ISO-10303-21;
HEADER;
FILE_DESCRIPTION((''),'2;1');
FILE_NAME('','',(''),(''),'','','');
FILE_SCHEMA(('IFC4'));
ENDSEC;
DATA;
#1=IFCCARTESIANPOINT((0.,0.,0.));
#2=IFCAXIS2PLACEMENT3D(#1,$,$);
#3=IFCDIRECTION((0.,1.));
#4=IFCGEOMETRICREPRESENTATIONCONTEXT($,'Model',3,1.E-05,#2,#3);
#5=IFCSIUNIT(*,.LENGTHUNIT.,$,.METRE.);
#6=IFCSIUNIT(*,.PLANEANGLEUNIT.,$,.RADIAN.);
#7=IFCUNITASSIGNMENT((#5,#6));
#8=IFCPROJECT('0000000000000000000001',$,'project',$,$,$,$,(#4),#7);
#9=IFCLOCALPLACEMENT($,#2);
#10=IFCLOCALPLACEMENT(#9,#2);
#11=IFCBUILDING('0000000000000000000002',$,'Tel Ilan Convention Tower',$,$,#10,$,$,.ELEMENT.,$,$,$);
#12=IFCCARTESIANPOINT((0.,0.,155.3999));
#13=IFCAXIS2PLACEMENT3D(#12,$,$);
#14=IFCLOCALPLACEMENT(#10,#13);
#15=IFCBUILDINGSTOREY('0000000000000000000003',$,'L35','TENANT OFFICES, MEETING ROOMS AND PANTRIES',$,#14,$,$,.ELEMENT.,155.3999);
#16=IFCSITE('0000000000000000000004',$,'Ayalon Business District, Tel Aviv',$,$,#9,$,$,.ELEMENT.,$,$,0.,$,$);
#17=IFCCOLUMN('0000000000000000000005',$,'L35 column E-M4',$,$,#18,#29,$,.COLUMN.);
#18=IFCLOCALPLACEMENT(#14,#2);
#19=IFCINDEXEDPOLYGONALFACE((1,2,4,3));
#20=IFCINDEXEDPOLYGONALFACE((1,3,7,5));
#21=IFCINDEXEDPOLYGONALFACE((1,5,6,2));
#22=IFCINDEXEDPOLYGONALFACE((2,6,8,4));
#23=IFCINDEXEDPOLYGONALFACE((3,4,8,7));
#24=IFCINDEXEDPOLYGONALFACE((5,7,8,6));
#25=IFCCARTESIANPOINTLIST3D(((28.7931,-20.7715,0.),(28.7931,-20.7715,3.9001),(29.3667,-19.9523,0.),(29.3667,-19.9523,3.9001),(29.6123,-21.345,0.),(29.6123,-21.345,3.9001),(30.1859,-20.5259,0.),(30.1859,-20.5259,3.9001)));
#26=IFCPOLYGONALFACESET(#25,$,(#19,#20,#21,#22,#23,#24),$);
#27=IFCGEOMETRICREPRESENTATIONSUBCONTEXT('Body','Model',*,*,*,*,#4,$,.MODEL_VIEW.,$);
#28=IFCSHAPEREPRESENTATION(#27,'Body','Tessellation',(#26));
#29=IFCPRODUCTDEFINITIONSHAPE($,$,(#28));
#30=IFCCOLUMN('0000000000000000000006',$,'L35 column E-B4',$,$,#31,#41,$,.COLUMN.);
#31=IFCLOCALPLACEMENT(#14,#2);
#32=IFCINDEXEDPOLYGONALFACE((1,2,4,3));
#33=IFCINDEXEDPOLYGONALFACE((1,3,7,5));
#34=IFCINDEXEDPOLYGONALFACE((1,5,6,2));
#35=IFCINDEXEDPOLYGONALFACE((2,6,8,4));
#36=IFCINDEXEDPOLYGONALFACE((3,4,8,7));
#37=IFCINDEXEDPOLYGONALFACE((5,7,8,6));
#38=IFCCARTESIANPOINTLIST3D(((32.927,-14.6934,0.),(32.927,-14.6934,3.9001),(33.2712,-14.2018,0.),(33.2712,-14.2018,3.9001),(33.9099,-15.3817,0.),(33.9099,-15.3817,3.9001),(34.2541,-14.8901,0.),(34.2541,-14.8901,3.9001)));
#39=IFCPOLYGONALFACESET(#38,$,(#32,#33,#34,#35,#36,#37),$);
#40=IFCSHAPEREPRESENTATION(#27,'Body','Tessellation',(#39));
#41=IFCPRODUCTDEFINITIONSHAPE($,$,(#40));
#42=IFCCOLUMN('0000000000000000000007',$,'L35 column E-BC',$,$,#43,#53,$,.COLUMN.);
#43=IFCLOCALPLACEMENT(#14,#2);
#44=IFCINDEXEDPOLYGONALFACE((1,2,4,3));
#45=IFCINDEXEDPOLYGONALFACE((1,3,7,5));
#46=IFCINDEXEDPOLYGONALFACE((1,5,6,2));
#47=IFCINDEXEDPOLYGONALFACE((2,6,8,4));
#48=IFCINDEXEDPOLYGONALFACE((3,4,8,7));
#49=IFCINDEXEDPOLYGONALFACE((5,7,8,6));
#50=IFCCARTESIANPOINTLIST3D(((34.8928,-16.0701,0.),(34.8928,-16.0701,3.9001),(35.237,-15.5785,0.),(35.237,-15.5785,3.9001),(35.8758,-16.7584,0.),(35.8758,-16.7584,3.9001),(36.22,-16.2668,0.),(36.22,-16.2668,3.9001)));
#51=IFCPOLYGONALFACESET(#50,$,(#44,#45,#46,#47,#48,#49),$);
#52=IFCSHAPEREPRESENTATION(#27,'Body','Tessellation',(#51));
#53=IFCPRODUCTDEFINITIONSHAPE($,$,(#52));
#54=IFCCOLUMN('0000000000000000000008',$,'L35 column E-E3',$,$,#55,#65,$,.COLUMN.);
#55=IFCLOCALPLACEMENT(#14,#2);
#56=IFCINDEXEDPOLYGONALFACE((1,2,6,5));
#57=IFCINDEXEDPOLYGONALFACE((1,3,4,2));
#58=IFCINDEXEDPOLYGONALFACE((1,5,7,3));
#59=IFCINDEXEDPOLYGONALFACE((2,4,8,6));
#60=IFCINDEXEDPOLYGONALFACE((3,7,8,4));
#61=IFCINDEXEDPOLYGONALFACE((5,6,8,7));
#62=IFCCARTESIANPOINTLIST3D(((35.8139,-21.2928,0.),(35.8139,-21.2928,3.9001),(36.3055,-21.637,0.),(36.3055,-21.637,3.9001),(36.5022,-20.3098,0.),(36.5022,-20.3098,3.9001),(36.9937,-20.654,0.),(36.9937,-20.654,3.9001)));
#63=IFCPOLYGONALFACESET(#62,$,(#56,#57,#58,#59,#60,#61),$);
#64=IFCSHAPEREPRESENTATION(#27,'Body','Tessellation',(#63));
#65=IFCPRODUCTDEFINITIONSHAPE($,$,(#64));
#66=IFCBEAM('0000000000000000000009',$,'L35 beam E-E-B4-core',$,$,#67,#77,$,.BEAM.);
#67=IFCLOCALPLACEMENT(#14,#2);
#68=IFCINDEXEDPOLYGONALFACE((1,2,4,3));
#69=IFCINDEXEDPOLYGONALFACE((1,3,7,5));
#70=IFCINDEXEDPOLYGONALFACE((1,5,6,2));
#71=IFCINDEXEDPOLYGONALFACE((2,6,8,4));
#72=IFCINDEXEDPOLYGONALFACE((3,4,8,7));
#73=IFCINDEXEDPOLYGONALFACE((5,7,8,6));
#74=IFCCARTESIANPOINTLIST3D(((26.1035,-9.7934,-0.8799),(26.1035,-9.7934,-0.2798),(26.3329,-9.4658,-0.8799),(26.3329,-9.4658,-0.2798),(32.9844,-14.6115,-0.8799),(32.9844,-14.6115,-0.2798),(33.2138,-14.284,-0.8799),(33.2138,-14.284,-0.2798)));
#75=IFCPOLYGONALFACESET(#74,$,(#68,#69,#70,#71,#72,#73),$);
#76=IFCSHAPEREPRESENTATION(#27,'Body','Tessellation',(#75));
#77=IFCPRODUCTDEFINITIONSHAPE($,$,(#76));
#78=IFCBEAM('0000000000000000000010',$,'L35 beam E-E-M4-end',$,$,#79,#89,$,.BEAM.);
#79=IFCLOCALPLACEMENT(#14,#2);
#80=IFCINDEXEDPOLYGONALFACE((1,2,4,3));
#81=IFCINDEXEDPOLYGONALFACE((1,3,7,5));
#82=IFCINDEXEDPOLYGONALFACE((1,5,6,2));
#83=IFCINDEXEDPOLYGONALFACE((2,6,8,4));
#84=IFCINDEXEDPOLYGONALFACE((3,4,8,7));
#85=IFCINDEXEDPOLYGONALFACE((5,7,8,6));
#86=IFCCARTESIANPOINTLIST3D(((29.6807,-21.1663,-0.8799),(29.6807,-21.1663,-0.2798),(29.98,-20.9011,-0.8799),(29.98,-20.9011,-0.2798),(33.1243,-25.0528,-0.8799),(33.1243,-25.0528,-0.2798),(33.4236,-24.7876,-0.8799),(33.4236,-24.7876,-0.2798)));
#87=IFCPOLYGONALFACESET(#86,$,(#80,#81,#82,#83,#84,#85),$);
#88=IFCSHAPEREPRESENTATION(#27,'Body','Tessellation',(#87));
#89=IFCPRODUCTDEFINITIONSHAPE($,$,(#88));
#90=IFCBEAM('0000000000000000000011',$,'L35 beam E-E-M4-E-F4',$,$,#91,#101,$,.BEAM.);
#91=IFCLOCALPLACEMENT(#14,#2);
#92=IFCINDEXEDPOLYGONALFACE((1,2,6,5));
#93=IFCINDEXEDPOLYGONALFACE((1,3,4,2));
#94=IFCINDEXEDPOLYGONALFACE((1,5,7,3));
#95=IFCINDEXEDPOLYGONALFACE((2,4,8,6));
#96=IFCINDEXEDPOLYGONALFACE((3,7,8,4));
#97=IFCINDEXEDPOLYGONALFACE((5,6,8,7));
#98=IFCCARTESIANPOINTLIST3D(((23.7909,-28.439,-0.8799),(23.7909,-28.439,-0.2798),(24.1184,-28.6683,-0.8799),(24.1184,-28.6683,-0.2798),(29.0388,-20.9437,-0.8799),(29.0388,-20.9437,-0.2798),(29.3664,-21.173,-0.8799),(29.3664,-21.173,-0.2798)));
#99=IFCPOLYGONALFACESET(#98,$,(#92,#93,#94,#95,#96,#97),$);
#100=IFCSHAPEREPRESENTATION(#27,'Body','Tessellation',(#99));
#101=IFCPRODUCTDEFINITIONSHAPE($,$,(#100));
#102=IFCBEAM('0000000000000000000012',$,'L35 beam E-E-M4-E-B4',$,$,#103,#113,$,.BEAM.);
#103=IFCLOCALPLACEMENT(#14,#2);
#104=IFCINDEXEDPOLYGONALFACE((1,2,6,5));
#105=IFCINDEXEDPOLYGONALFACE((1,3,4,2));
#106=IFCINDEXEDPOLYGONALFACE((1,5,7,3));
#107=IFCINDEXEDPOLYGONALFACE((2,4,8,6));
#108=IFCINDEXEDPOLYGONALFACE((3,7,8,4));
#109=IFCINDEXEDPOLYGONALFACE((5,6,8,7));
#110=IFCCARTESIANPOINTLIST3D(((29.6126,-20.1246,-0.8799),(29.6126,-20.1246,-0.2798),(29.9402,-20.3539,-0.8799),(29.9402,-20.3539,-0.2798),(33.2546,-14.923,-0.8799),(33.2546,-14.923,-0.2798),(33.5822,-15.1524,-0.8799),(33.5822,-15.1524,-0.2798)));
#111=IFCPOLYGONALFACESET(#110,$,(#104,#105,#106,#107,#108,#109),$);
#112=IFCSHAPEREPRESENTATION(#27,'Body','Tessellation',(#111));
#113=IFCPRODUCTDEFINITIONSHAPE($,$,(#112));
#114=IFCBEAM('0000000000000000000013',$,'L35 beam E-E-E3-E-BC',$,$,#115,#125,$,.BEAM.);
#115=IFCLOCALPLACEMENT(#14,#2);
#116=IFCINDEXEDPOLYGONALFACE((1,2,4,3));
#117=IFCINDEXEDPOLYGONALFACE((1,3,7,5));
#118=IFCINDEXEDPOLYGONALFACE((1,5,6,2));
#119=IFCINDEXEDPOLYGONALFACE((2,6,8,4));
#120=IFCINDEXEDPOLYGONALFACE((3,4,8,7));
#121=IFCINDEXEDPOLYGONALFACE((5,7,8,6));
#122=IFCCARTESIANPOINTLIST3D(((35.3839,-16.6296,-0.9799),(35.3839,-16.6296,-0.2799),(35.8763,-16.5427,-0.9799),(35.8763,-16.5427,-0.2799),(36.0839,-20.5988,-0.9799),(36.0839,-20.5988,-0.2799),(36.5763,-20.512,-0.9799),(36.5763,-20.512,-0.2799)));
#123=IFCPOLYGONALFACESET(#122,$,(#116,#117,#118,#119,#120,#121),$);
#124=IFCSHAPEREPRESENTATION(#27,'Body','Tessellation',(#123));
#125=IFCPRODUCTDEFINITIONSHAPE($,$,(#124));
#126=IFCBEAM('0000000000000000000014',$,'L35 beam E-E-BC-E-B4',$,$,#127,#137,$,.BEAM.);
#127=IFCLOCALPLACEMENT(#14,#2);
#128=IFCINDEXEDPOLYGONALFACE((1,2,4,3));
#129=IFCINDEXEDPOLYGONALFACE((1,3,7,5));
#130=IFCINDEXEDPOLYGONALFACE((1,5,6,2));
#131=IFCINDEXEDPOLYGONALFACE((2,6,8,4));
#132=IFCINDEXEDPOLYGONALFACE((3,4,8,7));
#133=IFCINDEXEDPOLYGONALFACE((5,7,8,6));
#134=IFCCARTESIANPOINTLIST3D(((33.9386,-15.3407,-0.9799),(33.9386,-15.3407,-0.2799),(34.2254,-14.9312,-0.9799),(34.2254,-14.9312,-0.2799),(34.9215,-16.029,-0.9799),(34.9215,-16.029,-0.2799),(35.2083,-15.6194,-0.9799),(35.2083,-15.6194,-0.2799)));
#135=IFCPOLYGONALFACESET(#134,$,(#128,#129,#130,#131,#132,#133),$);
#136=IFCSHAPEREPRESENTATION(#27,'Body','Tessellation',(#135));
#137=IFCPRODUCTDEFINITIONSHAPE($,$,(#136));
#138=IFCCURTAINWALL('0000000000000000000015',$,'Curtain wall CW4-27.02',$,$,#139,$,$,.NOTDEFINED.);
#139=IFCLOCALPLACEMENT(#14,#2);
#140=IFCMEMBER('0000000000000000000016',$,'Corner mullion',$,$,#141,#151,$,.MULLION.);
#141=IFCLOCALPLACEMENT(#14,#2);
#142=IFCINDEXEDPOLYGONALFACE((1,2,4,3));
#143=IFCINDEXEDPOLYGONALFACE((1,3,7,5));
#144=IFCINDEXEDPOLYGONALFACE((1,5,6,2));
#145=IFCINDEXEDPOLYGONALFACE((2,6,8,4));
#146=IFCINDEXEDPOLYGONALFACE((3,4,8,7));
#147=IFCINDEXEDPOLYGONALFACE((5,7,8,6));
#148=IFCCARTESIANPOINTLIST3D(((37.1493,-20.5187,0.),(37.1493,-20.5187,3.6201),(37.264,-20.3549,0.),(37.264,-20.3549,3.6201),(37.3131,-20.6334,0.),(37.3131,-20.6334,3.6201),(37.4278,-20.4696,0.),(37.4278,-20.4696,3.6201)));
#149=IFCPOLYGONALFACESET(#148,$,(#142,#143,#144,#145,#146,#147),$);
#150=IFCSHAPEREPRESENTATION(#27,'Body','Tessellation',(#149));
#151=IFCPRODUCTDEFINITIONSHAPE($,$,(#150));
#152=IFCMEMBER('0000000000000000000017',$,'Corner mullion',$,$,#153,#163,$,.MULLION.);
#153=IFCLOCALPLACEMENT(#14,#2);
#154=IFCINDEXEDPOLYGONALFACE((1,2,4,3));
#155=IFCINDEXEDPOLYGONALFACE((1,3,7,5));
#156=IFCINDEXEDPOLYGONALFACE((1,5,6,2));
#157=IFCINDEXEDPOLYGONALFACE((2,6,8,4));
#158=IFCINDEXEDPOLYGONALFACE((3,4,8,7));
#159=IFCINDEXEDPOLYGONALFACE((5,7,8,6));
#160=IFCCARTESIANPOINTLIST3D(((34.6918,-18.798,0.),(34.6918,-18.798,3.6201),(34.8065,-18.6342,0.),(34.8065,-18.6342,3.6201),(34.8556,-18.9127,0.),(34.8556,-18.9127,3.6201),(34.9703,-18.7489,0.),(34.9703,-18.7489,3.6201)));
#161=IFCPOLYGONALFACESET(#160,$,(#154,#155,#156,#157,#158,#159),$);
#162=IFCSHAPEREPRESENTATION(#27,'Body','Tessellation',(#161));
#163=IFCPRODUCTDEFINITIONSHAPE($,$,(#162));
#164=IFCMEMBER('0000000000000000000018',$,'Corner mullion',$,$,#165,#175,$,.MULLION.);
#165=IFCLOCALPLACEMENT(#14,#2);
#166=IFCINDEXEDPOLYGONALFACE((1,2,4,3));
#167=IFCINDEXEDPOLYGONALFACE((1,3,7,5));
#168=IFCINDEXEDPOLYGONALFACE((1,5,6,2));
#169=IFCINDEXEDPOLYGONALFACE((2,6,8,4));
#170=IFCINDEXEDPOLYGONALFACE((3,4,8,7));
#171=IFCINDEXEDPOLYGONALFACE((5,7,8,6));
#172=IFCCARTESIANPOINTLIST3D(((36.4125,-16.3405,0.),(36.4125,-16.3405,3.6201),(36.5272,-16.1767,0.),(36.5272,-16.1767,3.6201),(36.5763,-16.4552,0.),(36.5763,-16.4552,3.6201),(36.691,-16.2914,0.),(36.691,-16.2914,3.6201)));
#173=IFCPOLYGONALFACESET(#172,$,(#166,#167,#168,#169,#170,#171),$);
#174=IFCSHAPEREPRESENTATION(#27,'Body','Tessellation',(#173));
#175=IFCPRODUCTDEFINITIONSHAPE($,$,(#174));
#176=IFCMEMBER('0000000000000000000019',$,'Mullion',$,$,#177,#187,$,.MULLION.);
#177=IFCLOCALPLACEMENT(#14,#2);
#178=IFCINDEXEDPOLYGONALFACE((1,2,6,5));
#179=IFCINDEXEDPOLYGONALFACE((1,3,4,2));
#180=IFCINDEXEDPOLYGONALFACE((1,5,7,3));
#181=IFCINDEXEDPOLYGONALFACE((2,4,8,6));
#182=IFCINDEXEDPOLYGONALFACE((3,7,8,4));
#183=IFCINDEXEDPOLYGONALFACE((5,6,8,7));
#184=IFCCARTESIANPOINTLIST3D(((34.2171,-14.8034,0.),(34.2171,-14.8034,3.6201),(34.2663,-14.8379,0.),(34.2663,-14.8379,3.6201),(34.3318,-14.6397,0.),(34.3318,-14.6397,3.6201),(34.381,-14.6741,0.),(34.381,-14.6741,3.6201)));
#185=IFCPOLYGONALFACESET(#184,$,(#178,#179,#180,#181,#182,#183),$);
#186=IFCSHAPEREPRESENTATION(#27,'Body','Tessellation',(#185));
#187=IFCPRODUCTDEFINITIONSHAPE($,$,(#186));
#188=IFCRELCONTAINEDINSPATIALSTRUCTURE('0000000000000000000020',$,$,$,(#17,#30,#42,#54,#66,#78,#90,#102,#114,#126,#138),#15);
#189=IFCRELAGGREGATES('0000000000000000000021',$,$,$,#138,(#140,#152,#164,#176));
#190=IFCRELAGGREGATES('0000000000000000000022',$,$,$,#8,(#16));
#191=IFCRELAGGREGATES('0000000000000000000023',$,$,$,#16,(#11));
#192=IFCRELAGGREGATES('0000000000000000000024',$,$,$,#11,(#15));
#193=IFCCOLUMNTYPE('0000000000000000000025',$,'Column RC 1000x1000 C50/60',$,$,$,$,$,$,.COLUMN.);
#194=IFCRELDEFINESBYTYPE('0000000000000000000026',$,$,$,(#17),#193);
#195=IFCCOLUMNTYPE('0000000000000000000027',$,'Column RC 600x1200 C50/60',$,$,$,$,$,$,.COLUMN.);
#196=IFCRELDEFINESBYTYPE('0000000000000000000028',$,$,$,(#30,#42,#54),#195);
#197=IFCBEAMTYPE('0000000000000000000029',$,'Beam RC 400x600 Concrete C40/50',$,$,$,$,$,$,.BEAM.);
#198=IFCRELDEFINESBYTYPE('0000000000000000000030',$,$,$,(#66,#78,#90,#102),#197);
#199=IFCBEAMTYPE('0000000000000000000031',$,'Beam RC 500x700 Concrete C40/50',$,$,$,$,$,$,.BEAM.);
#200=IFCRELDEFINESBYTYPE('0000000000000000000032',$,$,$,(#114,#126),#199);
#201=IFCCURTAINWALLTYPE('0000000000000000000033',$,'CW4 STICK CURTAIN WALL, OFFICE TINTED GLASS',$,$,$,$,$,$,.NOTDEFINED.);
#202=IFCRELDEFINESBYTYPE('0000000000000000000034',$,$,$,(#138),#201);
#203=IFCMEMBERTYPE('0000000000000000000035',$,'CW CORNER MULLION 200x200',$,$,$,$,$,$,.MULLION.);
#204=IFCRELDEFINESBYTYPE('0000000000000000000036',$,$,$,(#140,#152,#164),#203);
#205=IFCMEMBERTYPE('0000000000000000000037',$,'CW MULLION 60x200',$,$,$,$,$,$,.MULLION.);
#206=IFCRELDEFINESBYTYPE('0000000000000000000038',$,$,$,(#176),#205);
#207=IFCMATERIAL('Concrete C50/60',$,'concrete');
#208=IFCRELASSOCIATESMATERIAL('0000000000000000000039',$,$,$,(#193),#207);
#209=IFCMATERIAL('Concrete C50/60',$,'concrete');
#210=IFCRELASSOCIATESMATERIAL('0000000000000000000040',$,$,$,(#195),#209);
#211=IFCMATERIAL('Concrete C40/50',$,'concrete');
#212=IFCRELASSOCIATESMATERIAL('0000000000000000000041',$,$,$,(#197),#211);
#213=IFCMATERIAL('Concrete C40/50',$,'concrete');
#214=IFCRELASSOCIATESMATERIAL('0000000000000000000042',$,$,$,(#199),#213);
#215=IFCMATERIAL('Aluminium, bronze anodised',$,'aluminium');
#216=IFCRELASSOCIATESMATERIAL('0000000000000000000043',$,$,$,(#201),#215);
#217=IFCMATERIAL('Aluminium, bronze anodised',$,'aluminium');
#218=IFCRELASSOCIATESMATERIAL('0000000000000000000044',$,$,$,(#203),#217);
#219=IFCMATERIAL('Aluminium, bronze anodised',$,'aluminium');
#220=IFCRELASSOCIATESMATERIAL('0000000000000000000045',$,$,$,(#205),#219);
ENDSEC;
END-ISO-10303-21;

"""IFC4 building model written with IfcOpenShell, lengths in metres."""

from ifc_helpers import new_model, si_unit, direction, frame, origin, origin_2d, place, context, subcontext, project, spatial, rectangle, extrude, material, material_profile, profile_set, type_object, element, aggregate, save


model = new_model("IFC4")

# Units and contexts
model_context = context("Model", 3, precision=1e-05, world=origin(), true_north=direction((0.0, 1.0)))
body_context = subcontext(model_context, "Body", "Model", "MODEL_VIEW")
ifc_project = project(units=[si_unit("LENGTHUNIT", "METRE"), si_unit("PLANEANGLEUNIT", "RADIAN")], contexts=[model_context])

# Site, building, storey
site_placement = place(None, origin())
site = spatial("IfcSite", under=ifc_project, at=site_placement, Name="Ayalon Business District, Tel Aviv", CompositionType="ELEMENT", RefElevation=0.0)
building_placement = place(site_placement, origin())
building = spatial("IfcBuilding", under=site, at=building_placement, Name="Tel Ilan Convention Tower", CompositionType="ELEMENT")
storey_placement = place(building_placement, frame((0.0, 0.0, 155.3999)))
storey = spatial("IfcBuildingStorey", under=building, at=storey_placement, Name="L35", Description="TENANT OFFICES, MEETING ROOMS AND PANTRIES", CompositionType="ELEMENT", Elevation=155.3999)

# Columns
ifc_material_1 = material(Name="Concrete C50/60", Category="concrete")
ifc_material_profile_1 = material_profile(ifc_material_1, rectangle(XDim=1.0, YDim=1.0, at=origin_2d()), Name="RC 1000x1000")
ifc_profile_set_1 = profile_set([ifc_material_profile_1], Name="Concrete C50/60")
column_type_1 = type_object("IfcColumnType", Name="Column RC 1000x1000 C50/60", PredefinedType="COLUMN", material=ifc_profile_set_1)
column_placement = place(storey_placement, frame((29.4895, -20.6487, 0.0), z_axis=(0.0, 0.0, 1.0), x_axis=(0.819152, -0.573576, 0.0)))
element("IfcColumn", 1, at=column_placement, inside=storey, type_object=column_type_1, Name="L35 column E-M4", PredefinedType="COLUMN", context=body_context, shape_type="SweptSolid", body=[
    extrude(rectangle(XDim=1.0, YDim=1.0, at=origin_2d()), origin(), (0.0, 0.0, 1.0), 3.9001),
])
ifc_material_2 = material(Name="Concrete C50/60", Category="concrete")
ifc_material_profile_2 = material_profile(ifc_material_2, rectangle(XDim=1.2, YDim=0.6001, at=origin_2d()), Name="RC 600x1200")
ifc_profile_set_2 = profile_set([ifc_material_profile_2], Name="Concrete C50/60")
column_type_2 = type_object("IfcColumnType", Name="Column RC 600x1200 C50/60", PredefinedType="COLUMN", material=ifc_profile_set_2)
for number, where, z_axis, x_axis, name in (
    (2, (33.5906, -14.7917, 0.0), (0.0, 0.0, 1.0), (0.819152, -0.573576, 0.0), "L35 column E-B4"),
    (3, (35.5564, -16.1685, 0.0), (0.0, 0.0, 1.0), (0.819152, -0.573576, 0.0), "L35 column E-BC"),
    (4, (36.4038, -20.9734, 0.0), (0.0, 0.0, 1.0), (0.573576, 0.819152, 0.0), "L35 column E-E3"),
):
    element("IfcColumn", number, at=place(storey_placement, frame(where, z_axis=z_axis, x_axis=x_axis)), inside=storey, type_object=column_type_2, Name=name, PredefinedType="COLUMN", context=body_context, shape_type="SweptSolid", body=[
        extrude(rectangle(XDim=1.2, YDim=0.6001, at=origin_2d()), origin(), (0.0, 0.0, 1.0), 3.9001),
    ])

# Beams
ifc_material_3 = material(Name="Concrete C40/50", Category="concrete")
ifc_material_profile_3 = material_profile(ifc_material_3, rectangle(XDim=0.3999, YDim=0.6001, at=origin_2d()), Name="RC 400x600")
ifc_profile_set_3 = profile_set([ifc_material_profile_3], Name="Concrete C40/50")
beam_type_1 = type_object("IfcBeamType", Name="Beam RC 400x600 Concrete C40/50", PredefinedType="BEAM", material=ifc_profile_set_3)
beam_1_placement = place(storey_placement, frame((33.0991, -14.4478, -0.5798), z_axis=(-0.819147, 0.573583, 0.0), x_axis=(-0.573583, -0.819147, 0.0)))
element("IfcBeam", 5, at=beam_1_placement, inside=storey, type_object=beam_type_1, Name="L35 beam E-E-B4-core", PredefinedType="BEAM", context=body_context, shape_type="SweptSolid", body=[
    extrude(rectangle(XDim=0.3999, YDim=0.6001, at=origin_2d()), origin(), (0.0, 0.0, 1.0), 8.4001),
])
beam_2_placement = place(storey_placement, frame((29.8303, -21.0337, -0.5798), z_axis=(0.663175, -0.748464, 0.0), x_axis=(0.748464, 0.663175, 0.0)))
element("IfcBeam", 6, at=beam_2_placement, inside=storey, type_object=beam_type_1, Name="L35 beam E-E-M4-end", PredefinedType="BEAM", context=body_context, shape_type="SweptSolid", body=[
    extrude(rectangle(XDim=0.3999, YDim=0.6001, at=origin_2d()), origin(), (0.0, 0.0, 1.0), 5.1926),
])
beam_3_placement = place(storey_placement, frame((29.2026, -21.0583, -0.5798), z_axis=(-0.573557, -0.819165, 0.0), x_axis=(0.819165, -0.573557, 0.0)))
element("IfcBeam", 7, at=beam_3_placement, inside=storey, type_object=beam_type_1, Name="L35 beam E-E-M4-E-F4", PredefinedType="BEAM", context=body_context, shape_type="SweptSolid", body=[
    extrude(rectangle(XDim=0.3999, YDim=0.6001, at=origin_2d()), origin(), (0.0, 0.0, 1.0), 9.1499),
])
beam_4_placement = place(storey_placement, frame((29.7764, -20.2393, -0.5798), z_axis=(0.57356, 0.819163, 0.0), x_axis=(-0.819163, 0.57356, 0.0)))
element("IfcBeam", 8, at=beam_4_placement, inside=storey, type_object=beam_type_1, Name="L35 beam E-E-M4-E-B4", PredefinedType="BEAM", context=body_context, shape_type="SweptSolid", body=[
    extrude(rectangle(XDim=0.3999, YDim=0.6001, at=origin_2d()), origin(), (0.0, 0.0, 1.0), 6.3499),
])
ifc_material_4 = material(Name="Concrete C40/50", Category="concrete")
ifc_material_profile_4 = material_profile(ifc_material_4, rectangle(XDim=0.5, YDim=0.7, at=origin_2d()), Name="RC 500x700")
ifc_profile_set_4 = profile_set([ifc_material_profile_4], Name="Concrete C40/50")
beam_type_2 = type_object("IfcBeamType", Name="Beam RC 500x700 Concrete C40/50", PredefinedType="BEAM", material=ifc_profile_set_4)
beam_5_placement = place(storey_placement, frame((36.3301, -20.5554, -0.6299), z_axis=(-0.173664, 0.984805, 0.0), x_axis=(-0.984805, -0.173664, 0.0)))
element("IfcBeam", 9, at=beam_5_placement, inside=storey, type_object=beam_type_2, Name="L35 beam E-E-E3-E-BC", PredefinedType="BEAM", context=body_context, shape_type="SweptSolid", body=[
    extrude(rectangle(XDim=0.5, YDim=0.7, at=origin_2d()), origin(), (0.0, 0.0, 1.0), 4.0305),
])
beam_6_placement = place(storey_placement, frame((35.0649, -15.8242, -0.6299), z_axis=(-0.819155, 0.573572, 0.0), x_axis=(-0.573572, -0.819155, 0.0)))
element("IfcBeam", 10, at=beam_6_placement, inside=storey, type_object=beam_type_2, Name="L35 beam E-E-BC-E-B4", PredefinedType="BEAM", context=body_context, shape_type="SweptSolid", body=[
    extrude(rectangle(XDim=0.5, YDim=0.7, at=origin_2d()), origin(), (0.0, 0.0, 1.0), 1.2),
])

# Curtain wall, members
ifc_material_5 = material(Name="Aluminium, bronze anodised", Category="aluminium")
curtain_wall_type = type_object("IfcCurtainWallType", Name="CW4 STICK CURTAIN WALL, OFFICE TINTED GLASS", PredefinedType="NOTDEFINED", material=ifc_material_5)
curtain_wall_placement = place(storey_placement, origin())
curtain_wall = element("IfcCurtainWall", 11, at=curtain_wall_placement, inside=storey, type_object=curtain_wall_type, Name="Curtain wall CW4-27.02", PredefinedType="NOTDEFINED")
ifc_material_6 = material(Name="Aluminium, bronze anodised", Category="aluminium")
ifc_material_profile_5 = material_profile(ifc_material_6, rectangle(XDim=0.2, YDim=0.2, at=origin_2d()), Name="CW CORNER MULLION 200x200")
ifc_profile_set_5 = profile_set([ifc_material_profile_5], Name="Aluminium, bronze anodised")
member_type_1 = type_object("IfcMemberType", Name="CW CORNER MULLION 200x200", PredefinedType="MULLION", material=ifc_profile_set_5)
member_1_placement = place(storey_placement, frame((37.2886, -20.4941, 0.0), z_axis=(0.0, 0.0, 1.0), x_axis=(0.573576, 0.819152, 0.0)))
member_1 = element("IfcMember", 12, at=member_1_placement, type_object=member_type_1, Name="Corner mullion", PredefinedType="MULLION", context=body_context, shape_type="SweptSolid", body=[
    extrude(rectangle(XDim=0.2, YDim=0.2, at=origin_2d()), origin(), (0.0, 0.0, 1.0), 3.6201),
])
member_2_placement = place(storey_placement, frame((34.8311, -18.7734, 0.0), z_axis=(0.0, 0.0, 1.0), x_axis=(-0.819152, 0.573576, 0.0)))
member_2 = element("IfcMember", 13, at=member_2_placement, type_object=member_type_1, Name="Corner mullion", PredefinedType="MULLION", context=body_context, shape_type="SweptSolid", body=[
    extrude(rectangle(XDim=0.2, YDim=0.2, at=origin_2d()), origin(), (0.0, 0.0, 1.0), 3.6201),
])
member_3_placement = place(storey_placement, frame((36.5518, -16.3159, 0.0), z_axis=(0.0, 0.0, 1.0), x_axis=(0.573576, 0.819152, 0.0)))
member_3 = element("IfcMember", 14, at=member_3_placement, type_object=member_type_1, Name="Corner mullion", PredefinedType="MULLION", context=body_context, shape_type="SweptSolid", body=[
    extrude(rectangle(XDim=0.2, YDim=0.2, at=origin_2d()), origin(), (0.0, 0.0, 1.0), 3.6201),
])
ifc_material_7 = material(Name="Aluminium, bronze anodised", Category="aluminium")
ifc_material_profile_6 = material_profile(ifc_material_7, rectangle(XDim=0.0601, YDim=0.2, at=origin_2d()), Name="CW MULLION 60x200")
ifc_profile_set_6 = profile_set([ifc_material_profile_6], Name="Aluminium, bronze anodised")
member_type_2 = type_object("IfcMemberType", Name="CW MULLION 60x200", PredefinedType="MULLION", material=ifc_profile_set_6)
member_4_placement = place(storey_placement, frame((34.2991, -14.7388, 0.0), z_axis=(0.0, 0.0, 1.0), x_axis=(-0.819152, 0.573576, 0.0)))
member_4 = element("IfcMember", 15, at=member_4_placement, type_object=member_type_2, Name="Mullion", PredefinedType="MULLION", context=body_context, shape_type="SweptSolid", body=[
    extrude(rectangle(XDim=0.0601, YDim=0.2, at=origin_2d()), origin(), (0.0, 0.0, 1.0), 3.6201),
])
aggregate(curtain_wall, [member_1, member_2, member_3, member_4])

save(model, "model.ifc")
